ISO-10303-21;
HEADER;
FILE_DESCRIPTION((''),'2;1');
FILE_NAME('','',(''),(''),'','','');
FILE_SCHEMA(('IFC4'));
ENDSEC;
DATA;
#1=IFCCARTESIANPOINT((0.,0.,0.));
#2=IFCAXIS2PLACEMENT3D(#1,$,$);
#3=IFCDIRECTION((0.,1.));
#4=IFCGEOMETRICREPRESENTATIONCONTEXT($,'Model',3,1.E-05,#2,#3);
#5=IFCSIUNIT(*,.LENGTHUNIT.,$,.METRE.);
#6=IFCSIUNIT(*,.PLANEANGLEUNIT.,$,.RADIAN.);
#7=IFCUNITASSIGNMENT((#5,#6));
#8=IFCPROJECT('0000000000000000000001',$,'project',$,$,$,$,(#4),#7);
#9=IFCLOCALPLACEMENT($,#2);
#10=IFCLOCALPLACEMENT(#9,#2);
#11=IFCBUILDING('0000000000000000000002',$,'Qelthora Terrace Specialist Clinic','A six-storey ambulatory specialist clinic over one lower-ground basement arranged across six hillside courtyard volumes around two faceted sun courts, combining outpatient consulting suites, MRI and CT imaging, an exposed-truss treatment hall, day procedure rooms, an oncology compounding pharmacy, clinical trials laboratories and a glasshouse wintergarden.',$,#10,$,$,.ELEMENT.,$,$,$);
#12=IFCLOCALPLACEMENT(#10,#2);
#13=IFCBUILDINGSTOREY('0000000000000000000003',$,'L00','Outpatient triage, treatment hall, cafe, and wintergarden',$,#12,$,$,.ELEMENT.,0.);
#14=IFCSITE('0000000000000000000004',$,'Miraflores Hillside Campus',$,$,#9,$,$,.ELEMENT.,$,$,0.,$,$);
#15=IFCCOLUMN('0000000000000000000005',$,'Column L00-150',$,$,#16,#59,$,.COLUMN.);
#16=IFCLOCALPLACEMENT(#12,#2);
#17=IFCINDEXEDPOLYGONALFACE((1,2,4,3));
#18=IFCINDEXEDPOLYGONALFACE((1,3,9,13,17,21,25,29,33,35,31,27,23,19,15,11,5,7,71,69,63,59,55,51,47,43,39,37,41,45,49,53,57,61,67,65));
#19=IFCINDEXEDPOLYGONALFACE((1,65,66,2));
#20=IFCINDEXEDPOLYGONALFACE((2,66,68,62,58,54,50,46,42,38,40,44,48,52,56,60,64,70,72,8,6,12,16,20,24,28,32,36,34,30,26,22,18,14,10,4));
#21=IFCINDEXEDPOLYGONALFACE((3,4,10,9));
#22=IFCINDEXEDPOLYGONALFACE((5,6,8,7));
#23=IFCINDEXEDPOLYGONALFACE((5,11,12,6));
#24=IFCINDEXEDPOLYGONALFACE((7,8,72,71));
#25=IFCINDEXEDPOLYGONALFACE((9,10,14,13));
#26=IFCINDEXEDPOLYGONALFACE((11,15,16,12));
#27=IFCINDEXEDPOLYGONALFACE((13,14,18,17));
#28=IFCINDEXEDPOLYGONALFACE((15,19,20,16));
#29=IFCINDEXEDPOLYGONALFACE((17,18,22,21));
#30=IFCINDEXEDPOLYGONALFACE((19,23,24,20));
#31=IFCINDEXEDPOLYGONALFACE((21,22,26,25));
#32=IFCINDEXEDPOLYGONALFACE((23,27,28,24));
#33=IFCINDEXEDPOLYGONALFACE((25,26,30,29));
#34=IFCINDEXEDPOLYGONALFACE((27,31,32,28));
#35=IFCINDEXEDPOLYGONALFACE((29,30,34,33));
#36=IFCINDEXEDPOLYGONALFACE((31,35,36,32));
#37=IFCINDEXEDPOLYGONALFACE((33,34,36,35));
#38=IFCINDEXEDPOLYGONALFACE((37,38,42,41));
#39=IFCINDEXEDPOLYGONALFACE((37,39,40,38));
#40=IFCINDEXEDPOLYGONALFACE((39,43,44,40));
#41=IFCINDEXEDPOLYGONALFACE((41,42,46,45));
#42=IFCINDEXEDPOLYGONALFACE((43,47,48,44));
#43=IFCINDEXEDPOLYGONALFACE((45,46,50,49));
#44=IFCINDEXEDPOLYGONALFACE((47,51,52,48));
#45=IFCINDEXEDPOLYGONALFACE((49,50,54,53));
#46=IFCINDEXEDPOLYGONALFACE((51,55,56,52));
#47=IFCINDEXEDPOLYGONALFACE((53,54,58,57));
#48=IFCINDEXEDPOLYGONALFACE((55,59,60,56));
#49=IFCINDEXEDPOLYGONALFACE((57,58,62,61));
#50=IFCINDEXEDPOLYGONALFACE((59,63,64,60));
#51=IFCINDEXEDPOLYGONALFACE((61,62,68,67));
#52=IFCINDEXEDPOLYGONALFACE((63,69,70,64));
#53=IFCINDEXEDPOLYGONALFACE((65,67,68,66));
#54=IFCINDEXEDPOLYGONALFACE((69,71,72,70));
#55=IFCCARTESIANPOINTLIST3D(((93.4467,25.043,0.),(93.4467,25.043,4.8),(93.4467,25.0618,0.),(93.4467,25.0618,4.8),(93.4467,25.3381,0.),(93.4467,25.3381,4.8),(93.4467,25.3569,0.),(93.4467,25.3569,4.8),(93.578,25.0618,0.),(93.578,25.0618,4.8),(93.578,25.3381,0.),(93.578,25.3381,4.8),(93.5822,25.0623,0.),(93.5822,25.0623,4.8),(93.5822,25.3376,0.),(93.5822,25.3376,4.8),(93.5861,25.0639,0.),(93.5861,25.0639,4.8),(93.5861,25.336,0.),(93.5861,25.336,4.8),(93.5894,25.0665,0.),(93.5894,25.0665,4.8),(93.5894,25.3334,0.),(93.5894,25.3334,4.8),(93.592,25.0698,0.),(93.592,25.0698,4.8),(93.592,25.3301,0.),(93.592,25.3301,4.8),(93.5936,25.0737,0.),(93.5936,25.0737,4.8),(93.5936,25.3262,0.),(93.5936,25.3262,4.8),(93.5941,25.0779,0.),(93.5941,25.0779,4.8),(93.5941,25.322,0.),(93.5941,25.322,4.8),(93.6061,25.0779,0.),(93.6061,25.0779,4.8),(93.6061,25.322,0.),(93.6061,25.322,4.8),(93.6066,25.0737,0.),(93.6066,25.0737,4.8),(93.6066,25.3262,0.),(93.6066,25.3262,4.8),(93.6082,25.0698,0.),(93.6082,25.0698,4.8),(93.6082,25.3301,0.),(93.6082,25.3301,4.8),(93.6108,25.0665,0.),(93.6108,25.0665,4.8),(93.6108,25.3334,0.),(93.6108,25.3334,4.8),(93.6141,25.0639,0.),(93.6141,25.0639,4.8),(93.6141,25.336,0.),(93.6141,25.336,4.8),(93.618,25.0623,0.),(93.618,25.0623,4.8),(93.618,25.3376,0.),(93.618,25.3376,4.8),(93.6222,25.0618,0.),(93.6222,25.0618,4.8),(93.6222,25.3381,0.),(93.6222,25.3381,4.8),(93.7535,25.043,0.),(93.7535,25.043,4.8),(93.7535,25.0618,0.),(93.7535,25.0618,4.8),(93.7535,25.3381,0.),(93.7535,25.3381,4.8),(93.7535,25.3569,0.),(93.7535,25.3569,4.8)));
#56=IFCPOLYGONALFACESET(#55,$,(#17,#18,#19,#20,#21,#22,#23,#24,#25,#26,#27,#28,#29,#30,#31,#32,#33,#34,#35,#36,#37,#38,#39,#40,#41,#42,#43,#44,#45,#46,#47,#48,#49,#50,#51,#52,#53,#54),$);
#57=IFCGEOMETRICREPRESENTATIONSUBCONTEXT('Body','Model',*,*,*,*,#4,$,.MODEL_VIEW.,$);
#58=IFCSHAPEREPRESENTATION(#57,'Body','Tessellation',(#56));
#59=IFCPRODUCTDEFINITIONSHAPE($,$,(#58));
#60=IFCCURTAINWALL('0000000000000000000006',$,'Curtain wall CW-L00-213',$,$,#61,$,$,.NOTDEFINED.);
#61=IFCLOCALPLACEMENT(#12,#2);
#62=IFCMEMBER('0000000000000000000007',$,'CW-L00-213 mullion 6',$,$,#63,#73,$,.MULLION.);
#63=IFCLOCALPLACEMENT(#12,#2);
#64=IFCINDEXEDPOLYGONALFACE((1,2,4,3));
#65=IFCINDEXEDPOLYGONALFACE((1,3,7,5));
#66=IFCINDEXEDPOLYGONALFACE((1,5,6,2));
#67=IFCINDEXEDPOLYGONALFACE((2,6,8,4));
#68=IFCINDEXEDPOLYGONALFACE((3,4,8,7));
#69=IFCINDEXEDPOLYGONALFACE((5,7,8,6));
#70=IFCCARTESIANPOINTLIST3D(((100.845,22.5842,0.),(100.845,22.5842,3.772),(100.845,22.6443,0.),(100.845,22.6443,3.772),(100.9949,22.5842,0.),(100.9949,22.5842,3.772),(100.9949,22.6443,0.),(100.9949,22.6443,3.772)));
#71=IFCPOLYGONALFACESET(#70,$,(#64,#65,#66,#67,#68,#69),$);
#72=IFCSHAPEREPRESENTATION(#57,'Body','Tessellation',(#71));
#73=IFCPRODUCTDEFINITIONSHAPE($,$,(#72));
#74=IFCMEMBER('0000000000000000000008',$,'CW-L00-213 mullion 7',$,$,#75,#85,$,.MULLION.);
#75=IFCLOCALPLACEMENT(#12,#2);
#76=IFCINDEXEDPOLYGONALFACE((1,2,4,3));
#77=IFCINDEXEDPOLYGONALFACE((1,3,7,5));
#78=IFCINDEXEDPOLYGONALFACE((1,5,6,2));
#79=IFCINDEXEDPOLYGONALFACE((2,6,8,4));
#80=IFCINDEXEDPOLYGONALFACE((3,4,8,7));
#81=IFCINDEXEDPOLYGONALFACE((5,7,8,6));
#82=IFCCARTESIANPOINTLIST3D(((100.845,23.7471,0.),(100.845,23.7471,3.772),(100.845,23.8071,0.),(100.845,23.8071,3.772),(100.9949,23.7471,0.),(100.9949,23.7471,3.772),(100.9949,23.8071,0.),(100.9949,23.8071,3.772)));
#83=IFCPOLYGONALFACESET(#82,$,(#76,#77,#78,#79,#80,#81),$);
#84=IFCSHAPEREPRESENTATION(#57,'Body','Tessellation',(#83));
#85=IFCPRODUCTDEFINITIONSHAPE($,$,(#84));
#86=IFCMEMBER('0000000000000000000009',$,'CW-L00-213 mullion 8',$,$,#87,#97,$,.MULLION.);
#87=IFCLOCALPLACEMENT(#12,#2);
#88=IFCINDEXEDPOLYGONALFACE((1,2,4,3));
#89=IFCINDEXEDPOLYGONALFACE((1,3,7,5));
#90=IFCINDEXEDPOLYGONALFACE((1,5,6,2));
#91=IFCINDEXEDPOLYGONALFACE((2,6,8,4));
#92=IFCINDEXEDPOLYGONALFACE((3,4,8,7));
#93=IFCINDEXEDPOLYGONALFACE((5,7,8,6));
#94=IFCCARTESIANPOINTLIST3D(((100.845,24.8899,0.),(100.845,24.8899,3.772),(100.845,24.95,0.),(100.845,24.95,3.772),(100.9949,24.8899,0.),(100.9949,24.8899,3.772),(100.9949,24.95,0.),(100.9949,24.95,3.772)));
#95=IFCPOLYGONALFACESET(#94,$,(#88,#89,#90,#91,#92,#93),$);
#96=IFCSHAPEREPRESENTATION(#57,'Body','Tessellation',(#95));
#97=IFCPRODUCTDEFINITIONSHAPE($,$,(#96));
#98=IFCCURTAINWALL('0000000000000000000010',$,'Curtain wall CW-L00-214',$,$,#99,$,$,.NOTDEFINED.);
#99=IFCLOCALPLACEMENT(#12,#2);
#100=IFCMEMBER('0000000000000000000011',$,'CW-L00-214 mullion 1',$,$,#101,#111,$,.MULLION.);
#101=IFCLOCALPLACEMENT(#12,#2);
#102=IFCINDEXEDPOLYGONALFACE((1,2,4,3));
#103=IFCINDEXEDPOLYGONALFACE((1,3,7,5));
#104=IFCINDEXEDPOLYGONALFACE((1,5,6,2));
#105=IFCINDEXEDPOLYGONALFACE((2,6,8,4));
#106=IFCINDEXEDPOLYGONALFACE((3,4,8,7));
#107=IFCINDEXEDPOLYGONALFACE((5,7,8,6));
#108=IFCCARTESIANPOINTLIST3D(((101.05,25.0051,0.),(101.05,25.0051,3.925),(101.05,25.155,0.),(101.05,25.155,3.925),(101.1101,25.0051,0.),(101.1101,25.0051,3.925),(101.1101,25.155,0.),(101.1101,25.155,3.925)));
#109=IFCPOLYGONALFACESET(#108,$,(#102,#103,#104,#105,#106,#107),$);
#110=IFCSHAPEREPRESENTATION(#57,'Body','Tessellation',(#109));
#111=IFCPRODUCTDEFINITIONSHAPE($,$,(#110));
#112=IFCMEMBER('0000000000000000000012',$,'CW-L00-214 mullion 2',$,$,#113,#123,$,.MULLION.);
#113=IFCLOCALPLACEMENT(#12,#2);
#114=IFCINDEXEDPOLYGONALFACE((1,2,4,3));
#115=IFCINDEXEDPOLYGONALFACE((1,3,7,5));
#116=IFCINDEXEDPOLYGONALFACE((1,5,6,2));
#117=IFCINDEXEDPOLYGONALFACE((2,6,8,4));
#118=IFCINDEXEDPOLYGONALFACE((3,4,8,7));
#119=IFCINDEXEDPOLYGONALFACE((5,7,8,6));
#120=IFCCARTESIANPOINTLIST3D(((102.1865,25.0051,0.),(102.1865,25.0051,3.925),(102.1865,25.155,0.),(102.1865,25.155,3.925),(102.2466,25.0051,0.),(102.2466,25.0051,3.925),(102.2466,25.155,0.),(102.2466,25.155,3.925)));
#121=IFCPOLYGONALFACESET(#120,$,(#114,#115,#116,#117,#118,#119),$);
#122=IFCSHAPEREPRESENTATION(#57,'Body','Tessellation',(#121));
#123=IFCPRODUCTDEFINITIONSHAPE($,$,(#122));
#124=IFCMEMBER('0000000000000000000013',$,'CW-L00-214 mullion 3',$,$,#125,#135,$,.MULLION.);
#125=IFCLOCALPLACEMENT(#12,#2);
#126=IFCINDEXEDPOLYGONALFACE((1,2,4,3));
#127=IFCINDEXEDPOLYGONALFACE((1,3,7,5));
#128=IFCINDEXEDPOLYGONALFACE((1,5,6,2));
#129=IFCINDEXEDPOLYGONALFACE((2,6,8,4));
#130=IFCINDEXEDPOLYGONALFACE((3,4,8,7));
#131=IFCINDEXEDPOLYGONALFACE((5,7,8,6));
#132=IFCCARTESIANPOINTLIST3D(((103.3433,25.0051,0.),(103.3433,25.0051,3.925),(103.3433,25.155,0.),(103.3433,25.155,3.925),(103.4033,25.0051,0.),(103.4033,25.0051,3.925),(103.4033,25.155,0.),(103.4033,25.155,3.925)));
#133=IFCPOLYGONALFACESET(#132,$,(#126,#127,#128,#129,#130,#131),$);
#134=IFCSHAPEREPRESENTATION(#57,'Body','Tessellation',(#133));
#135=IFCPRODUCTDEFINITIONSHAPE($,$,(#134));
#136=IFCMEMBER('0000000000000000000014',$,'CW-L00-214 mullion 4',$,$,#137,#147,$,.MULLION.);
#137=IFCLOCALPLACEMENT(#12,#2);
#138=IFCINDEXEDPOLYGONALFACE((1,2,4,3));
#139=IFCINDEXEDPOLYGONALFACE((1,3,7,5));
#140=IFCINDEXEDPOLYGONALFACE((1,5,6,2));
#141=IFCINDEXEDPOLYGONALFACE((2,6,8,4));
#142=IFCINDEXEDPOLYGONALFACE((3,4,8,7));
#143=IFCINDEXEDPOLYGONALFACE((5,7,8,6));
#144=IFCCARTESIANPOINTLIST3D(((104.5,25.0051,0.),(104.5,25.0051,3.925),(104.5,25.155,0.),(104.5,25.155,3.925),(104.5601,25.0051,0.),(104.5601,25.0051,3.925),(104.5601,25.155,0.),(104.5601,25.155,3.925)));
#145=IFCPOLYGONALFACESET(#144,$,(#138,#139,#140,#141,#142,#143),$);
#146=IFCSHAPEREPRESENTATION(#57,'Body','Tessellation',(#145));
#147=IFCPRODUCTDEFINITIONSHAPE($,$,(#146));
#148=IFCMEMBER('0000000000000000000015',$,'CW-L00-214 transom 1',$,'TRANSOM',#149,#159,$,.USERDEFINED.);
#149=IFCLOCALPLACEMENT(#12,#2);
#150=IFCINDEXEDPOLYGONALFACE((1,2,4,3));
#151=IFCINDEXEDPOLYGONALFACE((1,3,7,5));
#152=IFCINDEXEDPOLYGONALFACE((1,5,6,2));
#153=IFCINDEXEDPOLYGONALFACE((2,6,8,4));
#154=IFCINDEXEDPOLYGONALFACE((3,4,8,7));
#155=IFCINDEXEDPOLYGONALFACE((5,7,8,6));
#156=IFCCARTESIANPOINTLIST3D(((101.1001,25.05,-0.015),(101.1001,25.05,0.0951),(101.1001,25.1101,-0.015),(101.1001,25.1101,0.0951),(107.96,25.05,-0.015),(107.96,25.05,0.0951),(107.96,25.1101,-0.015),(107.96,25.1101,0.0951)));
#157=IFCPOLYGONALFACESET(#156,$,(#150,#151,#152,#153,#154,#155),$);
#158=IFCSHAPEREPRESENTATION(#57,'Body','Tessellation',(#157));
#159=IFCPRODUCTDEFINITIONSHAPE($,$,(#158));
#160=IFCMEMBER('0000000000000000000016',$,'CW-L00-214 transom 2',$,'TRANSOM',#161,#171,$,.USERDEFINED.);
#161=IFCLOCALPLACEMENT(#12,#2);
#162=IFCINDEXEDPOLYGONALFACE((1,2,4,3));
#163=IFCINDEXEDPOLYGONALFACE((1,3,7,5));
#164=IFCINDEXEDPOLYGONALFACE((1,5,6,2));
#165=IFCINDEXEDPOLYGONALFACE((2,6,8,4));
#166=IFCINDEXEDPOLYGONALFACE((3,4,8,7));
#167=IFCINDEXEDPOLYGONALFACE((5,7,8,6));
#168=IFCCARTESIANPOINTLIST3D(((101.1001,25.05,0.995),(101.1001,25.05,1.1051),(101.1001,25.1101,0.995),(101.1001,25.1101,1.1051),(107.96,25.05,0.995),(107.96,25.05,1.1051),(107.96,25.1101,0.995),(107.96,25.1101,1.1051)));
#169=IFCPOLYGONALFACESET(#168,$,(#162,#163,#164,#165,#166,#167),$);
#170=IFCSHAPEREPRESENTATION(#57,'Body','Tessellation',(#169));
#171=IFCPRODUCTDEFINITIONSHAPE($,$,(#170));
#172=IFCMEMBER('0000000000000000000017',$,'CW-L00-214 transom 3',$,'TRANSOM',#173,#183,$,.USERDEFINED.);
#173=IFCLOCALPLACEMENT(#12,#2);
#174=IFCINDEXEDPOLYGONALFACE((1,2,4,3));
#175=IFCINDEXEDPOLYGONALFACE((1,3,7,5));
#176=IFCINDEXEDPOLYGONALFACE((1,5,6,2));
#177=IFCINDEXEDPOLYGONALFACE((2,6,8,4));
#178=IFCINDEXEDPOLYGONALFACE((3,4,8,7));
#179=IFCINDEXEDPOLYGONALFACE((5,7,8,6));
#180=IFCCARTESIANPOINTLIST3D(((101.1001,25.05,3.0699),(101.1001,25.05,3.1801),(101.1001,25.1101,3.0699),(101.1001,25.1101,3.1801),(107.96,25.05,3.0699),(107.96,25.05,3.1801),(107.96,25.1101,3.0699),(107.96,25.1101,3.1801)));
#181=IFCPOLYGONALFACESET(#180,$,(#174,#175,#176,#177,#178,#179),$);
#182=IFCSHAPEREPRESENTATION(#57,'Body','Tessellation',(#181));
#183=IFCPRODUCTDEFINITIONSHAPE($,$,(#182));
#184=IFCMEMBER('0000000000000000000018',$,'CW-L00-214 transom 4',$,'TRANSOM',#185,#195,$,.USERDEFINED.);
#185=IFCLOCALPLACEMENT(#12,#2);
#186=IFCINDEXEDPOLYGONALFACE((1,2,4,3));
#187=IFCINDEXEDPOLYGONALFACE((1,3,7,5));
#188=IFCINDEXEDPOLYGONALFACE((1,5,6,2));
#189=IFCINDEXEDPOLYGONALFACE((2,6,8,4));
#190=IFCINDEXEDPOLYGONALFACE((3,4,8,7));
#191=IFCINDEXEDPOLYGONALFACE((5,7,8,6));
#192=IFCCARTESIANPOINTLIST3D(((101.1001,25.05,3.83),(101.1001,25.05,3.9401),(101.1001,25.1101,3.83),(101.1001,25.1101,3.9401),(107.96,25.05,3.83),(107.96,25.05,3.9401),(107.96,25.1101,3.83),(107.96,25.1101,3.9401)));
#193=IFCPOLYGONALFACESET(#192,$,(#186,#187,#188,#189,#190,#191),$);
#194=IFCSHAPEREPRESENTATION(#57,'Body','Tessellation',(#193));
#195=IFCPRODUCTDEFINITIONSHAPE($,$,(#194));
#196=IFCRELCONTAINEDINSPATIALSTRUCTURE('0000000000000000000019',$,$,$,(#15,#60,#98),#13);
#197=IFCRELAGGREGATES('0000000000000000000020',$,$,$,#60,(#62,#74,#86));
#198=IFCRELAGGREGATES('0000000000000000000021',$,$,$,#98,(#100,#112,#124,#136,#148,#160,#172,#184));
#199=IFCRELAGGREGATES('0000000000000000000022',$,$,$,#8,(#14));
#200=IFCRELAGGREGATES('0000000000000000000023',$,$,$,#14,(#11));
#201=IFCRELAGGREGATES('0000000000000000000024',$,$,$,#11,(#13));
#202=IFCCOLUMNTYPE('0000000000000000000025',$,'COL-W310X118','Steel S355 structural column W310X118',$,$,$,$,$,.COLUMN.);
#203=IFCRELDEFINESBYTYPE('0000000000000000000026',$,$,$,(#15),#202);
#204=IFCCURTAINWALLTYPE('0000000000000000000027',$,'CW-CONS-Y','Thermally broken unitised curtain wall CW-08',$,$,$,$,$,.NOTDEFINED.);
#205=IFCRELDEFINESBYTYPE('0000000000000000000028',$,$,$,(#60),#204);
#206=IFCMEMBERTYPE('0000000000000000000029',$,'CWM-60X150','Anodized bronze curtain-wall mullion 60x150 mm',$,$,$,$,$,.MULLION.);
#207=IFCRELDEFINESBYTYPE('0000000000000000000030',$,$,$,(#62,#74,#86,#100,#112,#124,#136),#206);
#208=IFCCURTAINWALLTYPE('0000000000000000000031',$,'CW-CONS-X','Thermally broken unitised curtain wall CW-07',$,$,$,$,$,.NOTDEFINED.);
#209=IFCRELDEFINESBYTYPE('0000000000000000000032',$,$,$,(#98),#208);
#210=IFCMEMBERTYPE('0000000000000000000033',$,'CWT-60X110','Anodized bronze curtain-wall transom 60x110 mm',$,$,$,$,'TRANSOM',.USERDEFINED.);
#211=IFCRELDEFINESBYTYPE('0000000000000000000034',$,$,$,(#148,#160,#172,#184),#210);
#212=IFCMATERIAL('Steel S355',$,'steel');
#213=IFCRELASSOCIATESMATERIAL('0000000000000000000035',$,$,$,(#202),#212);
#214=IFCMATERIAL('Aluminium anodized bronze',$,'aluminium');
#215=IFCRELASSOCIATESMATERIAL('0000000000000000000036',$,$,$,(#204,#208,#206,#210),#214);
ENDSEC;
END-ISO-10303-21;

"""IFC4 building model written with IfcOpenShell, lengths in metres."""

from ifc_helpers import new_model, si_unit, direction, frame, origin, origin_2d, place, context, subcontext, project, spatial, rectangle, i_section, extrude, material, material_profile, profile_set, type_object, element, aggregate, save


model = new_model("IFC4")

# Units and contexts
model_context = context("Model", 3, precision=1e-05, world=origin(), true_north=direction((0.0, 1.0)))
body_context = subcontext(model_context, "Body", "Model", "MODEL_VIEW")
ifc_project = project(units=[si_unit("LENGTHUNIT", "METRE"), si_unit("PLANEANGLEUNIT", "RADIAN")], contexts=[model_context])

# Site, building, storey
site_placement = place(None, origin())
site = spatial("IfcSite", under=ifc_project, at=site_placement, Name="Miraflores Hillside Campus", CompositionType="ELEMENT", RefElevation=0.0)
building_placement = place(site_placement, origin())
building = spatial("IfcBuilding", under=site, at=building_placement, Name="Qelthora Terrace Specialist Clinic", Description="A six-storey ambulatory specialist clinic over one lower-ground basement arranged across six hillside courtyard volumes around two faceted sun courts, combining outpatient consulting suites, MRI and CT imaging, an exposed-truss treatment hall, day procedure rooms, an oncology compounding pharmacy, clinical trials laboratories and a glasshouse wintergarden.", CompositionType="ELEMENT")
storey_placement = place(building_placement, origin())
storey = spatial("IfcBuildingStorey", under=building, at=storey_placement, Name="L00", Description="Outpatient triage, treatment hall, cafe, and wintergarden", CompositionType="ELEMENT", Elevation=0.0)

# Column
ifc_material_1 = material(Name="Steel S355", Category="steel")
ifc_material_profile_1 = material_profile(ifc_material_1, i_section(OverallWidth=0.3069, OverallDepth=0.314, WebThickness=0.012, FlangeThickness=0.0188, FilletRadius=0.0161, at=origin_2d()), Name="W310X118")
ifc_profile_set_1 = profile_set([ifc_material_profile_1], Name="Steel S355")
column_type = type_object("IfcColumnType", Name="COL-W310X118", Description="Steel S355 structural column W310X118", PredefinedType="COLUMN", material=ifc_profile_set_1)
column_placement = place(storey_placement, frame((93.6001, 25.2, 0.0), z_axis=(0.0, 0.0, 1.0), x_axis=(1.0, 0.0, 0.0)))
element("IfcColumn", 1, at=column_placement, inside=storey, type_object=column_type, Name="Column L00-150", PredefinedType="COLUMN", context=body_context, shape_type="SweptSolid", body=[
    extrude(i_section(OverallWidth=0.3069, OverallDepth=0.314, WebThickness=0.012, FlangeThickness=0.0188, FilletRadius=0.0161, at=origin_2d()), origin(), (0.0, 0.0, 1.0), 4.8),
])

# Curtain walls, members
ifc_material_2 = material(Name="Aluminium anodized bronze", Category="aluminium")
curtain_wall_type_1 = type_object("IfcCurtainWallType", Name="CW-CONS-Y", Description="Thermally broken unitised curtain wall CW-08", PredefinedType="NOTDEFINED", material=ifc_material_2)
curtain_wall_1_placement = place(storey_placement, origin())
curtain_wall_1 = element("IfcCurtainWall", 2, at=curtain_wall_1_placement, inside=storey, type_object=curtain_wall_type_1, Name="Curtain wall CW-L00-213", PredefinedType="NOTDEFINED")
ifc_material_profile_2 = material_profile(ifc_material_2, rectangle(XDim=0.0601, YDim=0.1499, at=origin_2d()), Name="CWM60X150")
ifc_profile_set_2 = profile_set([ifc_material_profile_2], Name="Aluminium anodized bronze")
member_type_1 = type_object("IfcMemberType", Name="CWM-60X150", Description="Anodized bronze curtain-wall mullion 60x150 mm", PredefinedType="MULLION", material=ifc_profile_set_2)
member_1_placement = place(storey_placement, frame((100.9199, 22.6143, 0.0), z_axis=(0.0, 0.0, 1.0), x_axis=(0.0, 1.0, 0.0)))
member_1 = element("IfcMember", 3, at=member_1_placement, type_object=member_type_1, Name="CW-L00-213 mullion 6", PredefinedType="MULLION", context=body_context, shape_type="SweptSolid", body=[
    extrude(rectangle(XDim=0.0601, YDim=0.1499, at=origin_2d()), origin(), (0.0, 0.0, 1.0), 3.772),
])
member_2_placement = place(storey_placement, frame((100.9199, 23.7771, 0.0), z_axis=(0.0, 0.0, 1.0), x_axis=(0.0, 1.0, 0.0)))
member_2 = element("IfcMember", 4, at=member_2_placement, type_object=member_type_1, Name="CW-L00-213 mullion 7", PredefinedType="MULLION", context=body_context, shape_type="SweptSolid", body=[
    extrude(rectangle(XDim=0.0601, YDim=0.1499, at=origin_2d()), origin(), (0.0, 0.0, 1.0), 3.772),
])
member_3_placement = place(storey_placement, frame((100.9199, 24.9199, 0.0), z_axis=(0.0, 0.0, 1.0), x_axis=(0.0, 1.0, 0.0)))
member_3 = element("IfcMember", 5, at=member_3_placement, type_object=member_type_1, Name="CW-L00-213 mullion 8", PredefinedType="MULLION", context=body_context, shape_type="SweptSolid", body=[
    extrude(rectangle(XDim=0.0601, YDim=0.1499, at=origin_2d()), origin(), (0.0, 0.0, 1.0), 3.772),
])
curtain_wall_type_2 = type_object("IfcCurtainWallType", Name="CW-CONS-X", Description="Thermally broken unitised curtain wall CW-07", PredefinedType="NOTDEFINED", material=ifc_material_2)
curtain_wall_2_placement = place(storey_placement, origin())
curtain_wall_2 = element("IfcCurtainWall", 6, at=curtain_wall_2_placement, inside=storey, type_object=curtain_wall_type_2, Name="Curtain wall CW-L00-214", PredefinedType="NOTDEFINED")
member_4_placement = place(storey_placement, frame((101.0801, 25.0801, 0.0), z_axis=(0.0, 0.0, 1.0), x_axis=(1.0, 0.0, 0.0)))
member_4 = element("IfcMember", 7, at=member_4_placement, type_object=member_type_1, Name="CW-L00-214 mullion 1", PredefinedType="MULLION", context=body_context, shape_type="SweptSolid", body=[
    extrude(rectangle(XDim=0.0601, YDim=0.1499, at=origin_2d()), origin(), (0.0, 0.0, 1.0), 3.925),
])
member_5_placement = place(storey_placement, frame((102.2166, 25.0801, 0.0), z_axis=(0.0, 0.0, 1.0), x_axis=(1.0, 0.0, 0.0)))
member_5 = element("IfcMember", 8, at=member_5_placement, type_object=member_type_1, Name="CW-L00-214 mullion 2", PredefinedType="MULLION", context=body_context, shape_type="SweptSolid", body=[
    extrude(rectangle(XDim=0.0601, YDim=0.1499, at=origin_2d()), origin(), (0.0, 0.0, 1.0), 3.925),
])
member_6_placement = place(storey_placement, frame((103.3733, 25.0801, 0.0), z_axis=(0.0, 0.0, 1.0), x_axis=(1.0, 0.0, 0.0)))
member_6 = element("IfcMember", 9, at=member_6_placement, type_object=member_type_1, Name="CW-L00-214 mullion 3", PredefinedType="MULLION", context=body_context, shape_type="SweptSolid", body=[
    extrude(rectangle(XDim=0.0601, YDim=0.1499, at=origin_2d()), origin(), (0.0, 0.0, 1.0), 3.925),
])
member_7_placement = place(storey_placement, frame((104.53, 25.0801, 0.0), z_axis=(0.0, 0.0, 1.0), x_axis=(1.0, 0.0, 0.0)))
member_7 = element("IfcMember", 10, at=member_7_placement, type_object=member_type_1, Name="CW-L00-214 mullion 4", PredefinedType="MULLION", context=body_context, shape_type="SweptSolid", body=[
    extrude(rectangle(XDim=0.0601, YDim=0.1499, at=origin_2d()), origin(), (0.0, 0.0, 1.0), 3.925),
])
ifc_material_profile_3 = material_profile(ifc_material_2, rectangle(XDim=0.0601, YDim=0.1101, at=origin_2d()), Name="CWT60X110")
ifc_profile_set_3 = profile_set([ifc_material_profile_3], Name="Aluminium anodized bronze")
member_type_2 = type_object("IfcMemberType", Name="CWT-60X110", Description="Anodized bronze curtain-wall transom 60x110 mm", ElementType="TRANSOM", PredefinedType="USERDEFINED", material=ifc_profile_set_3)
member_8_placement = place(storey_placement, frame((101.1001, 25.0801, 0.04), z_axis=(1.0, 0.0, 0.0), x_axis=(0.0, 1.0, 0.0)))
member_8 = element("IfcMember", 11, at=member_8_placement, type_object=member_type_2, Name="CW-L00-214 transom 1", ObjectType="TRANSOM", PredefinedType="USERDEFINED", context=body_context, shape_type="SweptSolid", body=[
    extrude(rectangle(XDim=0.0601, YDim=0.1101, at=origin_2d()), origin(), (0.0, 0.0, 1.0), 6.8599),
])
member_9_placement = place(storey_placement, frame((101.1001, 25.0801, 1.05), z_axis=(1.0, 0.0, 0.0), x_axis=(0.0, 1.0, 0.0)))
member_9 = element("IfcMember", 12, at=member_9_placement, type_object=member_type_2, Name="CW-L00-214 transom 2", ObjectType="TRANSOM", PredefinedType="USERDEFINED", context=body_context, shape_type="SweptSolid", body=[
    extrude(rectangle(XDim=0.0601, YDim=0.1101, at=origin_2d()), origin(), (0.0, 0.0, 1.0), 6.8599),
])
member_10_placement = place(storey_placement, frame((101.1001, 25.0801, 3.125), z_axis=(1.0, 0.0, 0.0), x_axis=(0.0, 1.0, 0.0)))
member_10 = element("IfcMember", 13, at=member_10_placement, type_object=member_type_2, Name="CW-L00-214 transom 3", ObjectType="TRANSOM", PredefinedType="USERDEFINED", context=body_context, shape_type="SweptSolid", body=[
    extrude(rectangle(XDim=0.0601, YDim=0.1101, at=origin_2d()), origin(), (0.0, 0.0, 1.0), 6.8599),
])
member_11_placement = place(storey_placement, frame((101.1001, 25.0801, 3.885), z_axis=(1.0, 0.0, 0.0), x_axis=(0.0, 1.0, 0.0)))
member_11 = element("IfcMember", 14, at=member_11_placement, type_object=member_type_2, Name="CW-L00-214 transom 4", ObjectType="TRANSOM", PredefinedType="USERDEFINED", context=body_context, shape_type="SweptSolid", body=[
    extrude(rectangle(XDim=0.0601, YDim=0.1101, at=origin_2d()), origin(), (0.0, 0.0, 1.0), 6.8599),
])

aggregate(curtain_wall_1, [member_1, member_2, member_3])
aggregate(curtain_wall_2, [member_4, member_5, member_6, member_7, member_8, member_9, member_10, member_11])

save(model, "model.ifc")
